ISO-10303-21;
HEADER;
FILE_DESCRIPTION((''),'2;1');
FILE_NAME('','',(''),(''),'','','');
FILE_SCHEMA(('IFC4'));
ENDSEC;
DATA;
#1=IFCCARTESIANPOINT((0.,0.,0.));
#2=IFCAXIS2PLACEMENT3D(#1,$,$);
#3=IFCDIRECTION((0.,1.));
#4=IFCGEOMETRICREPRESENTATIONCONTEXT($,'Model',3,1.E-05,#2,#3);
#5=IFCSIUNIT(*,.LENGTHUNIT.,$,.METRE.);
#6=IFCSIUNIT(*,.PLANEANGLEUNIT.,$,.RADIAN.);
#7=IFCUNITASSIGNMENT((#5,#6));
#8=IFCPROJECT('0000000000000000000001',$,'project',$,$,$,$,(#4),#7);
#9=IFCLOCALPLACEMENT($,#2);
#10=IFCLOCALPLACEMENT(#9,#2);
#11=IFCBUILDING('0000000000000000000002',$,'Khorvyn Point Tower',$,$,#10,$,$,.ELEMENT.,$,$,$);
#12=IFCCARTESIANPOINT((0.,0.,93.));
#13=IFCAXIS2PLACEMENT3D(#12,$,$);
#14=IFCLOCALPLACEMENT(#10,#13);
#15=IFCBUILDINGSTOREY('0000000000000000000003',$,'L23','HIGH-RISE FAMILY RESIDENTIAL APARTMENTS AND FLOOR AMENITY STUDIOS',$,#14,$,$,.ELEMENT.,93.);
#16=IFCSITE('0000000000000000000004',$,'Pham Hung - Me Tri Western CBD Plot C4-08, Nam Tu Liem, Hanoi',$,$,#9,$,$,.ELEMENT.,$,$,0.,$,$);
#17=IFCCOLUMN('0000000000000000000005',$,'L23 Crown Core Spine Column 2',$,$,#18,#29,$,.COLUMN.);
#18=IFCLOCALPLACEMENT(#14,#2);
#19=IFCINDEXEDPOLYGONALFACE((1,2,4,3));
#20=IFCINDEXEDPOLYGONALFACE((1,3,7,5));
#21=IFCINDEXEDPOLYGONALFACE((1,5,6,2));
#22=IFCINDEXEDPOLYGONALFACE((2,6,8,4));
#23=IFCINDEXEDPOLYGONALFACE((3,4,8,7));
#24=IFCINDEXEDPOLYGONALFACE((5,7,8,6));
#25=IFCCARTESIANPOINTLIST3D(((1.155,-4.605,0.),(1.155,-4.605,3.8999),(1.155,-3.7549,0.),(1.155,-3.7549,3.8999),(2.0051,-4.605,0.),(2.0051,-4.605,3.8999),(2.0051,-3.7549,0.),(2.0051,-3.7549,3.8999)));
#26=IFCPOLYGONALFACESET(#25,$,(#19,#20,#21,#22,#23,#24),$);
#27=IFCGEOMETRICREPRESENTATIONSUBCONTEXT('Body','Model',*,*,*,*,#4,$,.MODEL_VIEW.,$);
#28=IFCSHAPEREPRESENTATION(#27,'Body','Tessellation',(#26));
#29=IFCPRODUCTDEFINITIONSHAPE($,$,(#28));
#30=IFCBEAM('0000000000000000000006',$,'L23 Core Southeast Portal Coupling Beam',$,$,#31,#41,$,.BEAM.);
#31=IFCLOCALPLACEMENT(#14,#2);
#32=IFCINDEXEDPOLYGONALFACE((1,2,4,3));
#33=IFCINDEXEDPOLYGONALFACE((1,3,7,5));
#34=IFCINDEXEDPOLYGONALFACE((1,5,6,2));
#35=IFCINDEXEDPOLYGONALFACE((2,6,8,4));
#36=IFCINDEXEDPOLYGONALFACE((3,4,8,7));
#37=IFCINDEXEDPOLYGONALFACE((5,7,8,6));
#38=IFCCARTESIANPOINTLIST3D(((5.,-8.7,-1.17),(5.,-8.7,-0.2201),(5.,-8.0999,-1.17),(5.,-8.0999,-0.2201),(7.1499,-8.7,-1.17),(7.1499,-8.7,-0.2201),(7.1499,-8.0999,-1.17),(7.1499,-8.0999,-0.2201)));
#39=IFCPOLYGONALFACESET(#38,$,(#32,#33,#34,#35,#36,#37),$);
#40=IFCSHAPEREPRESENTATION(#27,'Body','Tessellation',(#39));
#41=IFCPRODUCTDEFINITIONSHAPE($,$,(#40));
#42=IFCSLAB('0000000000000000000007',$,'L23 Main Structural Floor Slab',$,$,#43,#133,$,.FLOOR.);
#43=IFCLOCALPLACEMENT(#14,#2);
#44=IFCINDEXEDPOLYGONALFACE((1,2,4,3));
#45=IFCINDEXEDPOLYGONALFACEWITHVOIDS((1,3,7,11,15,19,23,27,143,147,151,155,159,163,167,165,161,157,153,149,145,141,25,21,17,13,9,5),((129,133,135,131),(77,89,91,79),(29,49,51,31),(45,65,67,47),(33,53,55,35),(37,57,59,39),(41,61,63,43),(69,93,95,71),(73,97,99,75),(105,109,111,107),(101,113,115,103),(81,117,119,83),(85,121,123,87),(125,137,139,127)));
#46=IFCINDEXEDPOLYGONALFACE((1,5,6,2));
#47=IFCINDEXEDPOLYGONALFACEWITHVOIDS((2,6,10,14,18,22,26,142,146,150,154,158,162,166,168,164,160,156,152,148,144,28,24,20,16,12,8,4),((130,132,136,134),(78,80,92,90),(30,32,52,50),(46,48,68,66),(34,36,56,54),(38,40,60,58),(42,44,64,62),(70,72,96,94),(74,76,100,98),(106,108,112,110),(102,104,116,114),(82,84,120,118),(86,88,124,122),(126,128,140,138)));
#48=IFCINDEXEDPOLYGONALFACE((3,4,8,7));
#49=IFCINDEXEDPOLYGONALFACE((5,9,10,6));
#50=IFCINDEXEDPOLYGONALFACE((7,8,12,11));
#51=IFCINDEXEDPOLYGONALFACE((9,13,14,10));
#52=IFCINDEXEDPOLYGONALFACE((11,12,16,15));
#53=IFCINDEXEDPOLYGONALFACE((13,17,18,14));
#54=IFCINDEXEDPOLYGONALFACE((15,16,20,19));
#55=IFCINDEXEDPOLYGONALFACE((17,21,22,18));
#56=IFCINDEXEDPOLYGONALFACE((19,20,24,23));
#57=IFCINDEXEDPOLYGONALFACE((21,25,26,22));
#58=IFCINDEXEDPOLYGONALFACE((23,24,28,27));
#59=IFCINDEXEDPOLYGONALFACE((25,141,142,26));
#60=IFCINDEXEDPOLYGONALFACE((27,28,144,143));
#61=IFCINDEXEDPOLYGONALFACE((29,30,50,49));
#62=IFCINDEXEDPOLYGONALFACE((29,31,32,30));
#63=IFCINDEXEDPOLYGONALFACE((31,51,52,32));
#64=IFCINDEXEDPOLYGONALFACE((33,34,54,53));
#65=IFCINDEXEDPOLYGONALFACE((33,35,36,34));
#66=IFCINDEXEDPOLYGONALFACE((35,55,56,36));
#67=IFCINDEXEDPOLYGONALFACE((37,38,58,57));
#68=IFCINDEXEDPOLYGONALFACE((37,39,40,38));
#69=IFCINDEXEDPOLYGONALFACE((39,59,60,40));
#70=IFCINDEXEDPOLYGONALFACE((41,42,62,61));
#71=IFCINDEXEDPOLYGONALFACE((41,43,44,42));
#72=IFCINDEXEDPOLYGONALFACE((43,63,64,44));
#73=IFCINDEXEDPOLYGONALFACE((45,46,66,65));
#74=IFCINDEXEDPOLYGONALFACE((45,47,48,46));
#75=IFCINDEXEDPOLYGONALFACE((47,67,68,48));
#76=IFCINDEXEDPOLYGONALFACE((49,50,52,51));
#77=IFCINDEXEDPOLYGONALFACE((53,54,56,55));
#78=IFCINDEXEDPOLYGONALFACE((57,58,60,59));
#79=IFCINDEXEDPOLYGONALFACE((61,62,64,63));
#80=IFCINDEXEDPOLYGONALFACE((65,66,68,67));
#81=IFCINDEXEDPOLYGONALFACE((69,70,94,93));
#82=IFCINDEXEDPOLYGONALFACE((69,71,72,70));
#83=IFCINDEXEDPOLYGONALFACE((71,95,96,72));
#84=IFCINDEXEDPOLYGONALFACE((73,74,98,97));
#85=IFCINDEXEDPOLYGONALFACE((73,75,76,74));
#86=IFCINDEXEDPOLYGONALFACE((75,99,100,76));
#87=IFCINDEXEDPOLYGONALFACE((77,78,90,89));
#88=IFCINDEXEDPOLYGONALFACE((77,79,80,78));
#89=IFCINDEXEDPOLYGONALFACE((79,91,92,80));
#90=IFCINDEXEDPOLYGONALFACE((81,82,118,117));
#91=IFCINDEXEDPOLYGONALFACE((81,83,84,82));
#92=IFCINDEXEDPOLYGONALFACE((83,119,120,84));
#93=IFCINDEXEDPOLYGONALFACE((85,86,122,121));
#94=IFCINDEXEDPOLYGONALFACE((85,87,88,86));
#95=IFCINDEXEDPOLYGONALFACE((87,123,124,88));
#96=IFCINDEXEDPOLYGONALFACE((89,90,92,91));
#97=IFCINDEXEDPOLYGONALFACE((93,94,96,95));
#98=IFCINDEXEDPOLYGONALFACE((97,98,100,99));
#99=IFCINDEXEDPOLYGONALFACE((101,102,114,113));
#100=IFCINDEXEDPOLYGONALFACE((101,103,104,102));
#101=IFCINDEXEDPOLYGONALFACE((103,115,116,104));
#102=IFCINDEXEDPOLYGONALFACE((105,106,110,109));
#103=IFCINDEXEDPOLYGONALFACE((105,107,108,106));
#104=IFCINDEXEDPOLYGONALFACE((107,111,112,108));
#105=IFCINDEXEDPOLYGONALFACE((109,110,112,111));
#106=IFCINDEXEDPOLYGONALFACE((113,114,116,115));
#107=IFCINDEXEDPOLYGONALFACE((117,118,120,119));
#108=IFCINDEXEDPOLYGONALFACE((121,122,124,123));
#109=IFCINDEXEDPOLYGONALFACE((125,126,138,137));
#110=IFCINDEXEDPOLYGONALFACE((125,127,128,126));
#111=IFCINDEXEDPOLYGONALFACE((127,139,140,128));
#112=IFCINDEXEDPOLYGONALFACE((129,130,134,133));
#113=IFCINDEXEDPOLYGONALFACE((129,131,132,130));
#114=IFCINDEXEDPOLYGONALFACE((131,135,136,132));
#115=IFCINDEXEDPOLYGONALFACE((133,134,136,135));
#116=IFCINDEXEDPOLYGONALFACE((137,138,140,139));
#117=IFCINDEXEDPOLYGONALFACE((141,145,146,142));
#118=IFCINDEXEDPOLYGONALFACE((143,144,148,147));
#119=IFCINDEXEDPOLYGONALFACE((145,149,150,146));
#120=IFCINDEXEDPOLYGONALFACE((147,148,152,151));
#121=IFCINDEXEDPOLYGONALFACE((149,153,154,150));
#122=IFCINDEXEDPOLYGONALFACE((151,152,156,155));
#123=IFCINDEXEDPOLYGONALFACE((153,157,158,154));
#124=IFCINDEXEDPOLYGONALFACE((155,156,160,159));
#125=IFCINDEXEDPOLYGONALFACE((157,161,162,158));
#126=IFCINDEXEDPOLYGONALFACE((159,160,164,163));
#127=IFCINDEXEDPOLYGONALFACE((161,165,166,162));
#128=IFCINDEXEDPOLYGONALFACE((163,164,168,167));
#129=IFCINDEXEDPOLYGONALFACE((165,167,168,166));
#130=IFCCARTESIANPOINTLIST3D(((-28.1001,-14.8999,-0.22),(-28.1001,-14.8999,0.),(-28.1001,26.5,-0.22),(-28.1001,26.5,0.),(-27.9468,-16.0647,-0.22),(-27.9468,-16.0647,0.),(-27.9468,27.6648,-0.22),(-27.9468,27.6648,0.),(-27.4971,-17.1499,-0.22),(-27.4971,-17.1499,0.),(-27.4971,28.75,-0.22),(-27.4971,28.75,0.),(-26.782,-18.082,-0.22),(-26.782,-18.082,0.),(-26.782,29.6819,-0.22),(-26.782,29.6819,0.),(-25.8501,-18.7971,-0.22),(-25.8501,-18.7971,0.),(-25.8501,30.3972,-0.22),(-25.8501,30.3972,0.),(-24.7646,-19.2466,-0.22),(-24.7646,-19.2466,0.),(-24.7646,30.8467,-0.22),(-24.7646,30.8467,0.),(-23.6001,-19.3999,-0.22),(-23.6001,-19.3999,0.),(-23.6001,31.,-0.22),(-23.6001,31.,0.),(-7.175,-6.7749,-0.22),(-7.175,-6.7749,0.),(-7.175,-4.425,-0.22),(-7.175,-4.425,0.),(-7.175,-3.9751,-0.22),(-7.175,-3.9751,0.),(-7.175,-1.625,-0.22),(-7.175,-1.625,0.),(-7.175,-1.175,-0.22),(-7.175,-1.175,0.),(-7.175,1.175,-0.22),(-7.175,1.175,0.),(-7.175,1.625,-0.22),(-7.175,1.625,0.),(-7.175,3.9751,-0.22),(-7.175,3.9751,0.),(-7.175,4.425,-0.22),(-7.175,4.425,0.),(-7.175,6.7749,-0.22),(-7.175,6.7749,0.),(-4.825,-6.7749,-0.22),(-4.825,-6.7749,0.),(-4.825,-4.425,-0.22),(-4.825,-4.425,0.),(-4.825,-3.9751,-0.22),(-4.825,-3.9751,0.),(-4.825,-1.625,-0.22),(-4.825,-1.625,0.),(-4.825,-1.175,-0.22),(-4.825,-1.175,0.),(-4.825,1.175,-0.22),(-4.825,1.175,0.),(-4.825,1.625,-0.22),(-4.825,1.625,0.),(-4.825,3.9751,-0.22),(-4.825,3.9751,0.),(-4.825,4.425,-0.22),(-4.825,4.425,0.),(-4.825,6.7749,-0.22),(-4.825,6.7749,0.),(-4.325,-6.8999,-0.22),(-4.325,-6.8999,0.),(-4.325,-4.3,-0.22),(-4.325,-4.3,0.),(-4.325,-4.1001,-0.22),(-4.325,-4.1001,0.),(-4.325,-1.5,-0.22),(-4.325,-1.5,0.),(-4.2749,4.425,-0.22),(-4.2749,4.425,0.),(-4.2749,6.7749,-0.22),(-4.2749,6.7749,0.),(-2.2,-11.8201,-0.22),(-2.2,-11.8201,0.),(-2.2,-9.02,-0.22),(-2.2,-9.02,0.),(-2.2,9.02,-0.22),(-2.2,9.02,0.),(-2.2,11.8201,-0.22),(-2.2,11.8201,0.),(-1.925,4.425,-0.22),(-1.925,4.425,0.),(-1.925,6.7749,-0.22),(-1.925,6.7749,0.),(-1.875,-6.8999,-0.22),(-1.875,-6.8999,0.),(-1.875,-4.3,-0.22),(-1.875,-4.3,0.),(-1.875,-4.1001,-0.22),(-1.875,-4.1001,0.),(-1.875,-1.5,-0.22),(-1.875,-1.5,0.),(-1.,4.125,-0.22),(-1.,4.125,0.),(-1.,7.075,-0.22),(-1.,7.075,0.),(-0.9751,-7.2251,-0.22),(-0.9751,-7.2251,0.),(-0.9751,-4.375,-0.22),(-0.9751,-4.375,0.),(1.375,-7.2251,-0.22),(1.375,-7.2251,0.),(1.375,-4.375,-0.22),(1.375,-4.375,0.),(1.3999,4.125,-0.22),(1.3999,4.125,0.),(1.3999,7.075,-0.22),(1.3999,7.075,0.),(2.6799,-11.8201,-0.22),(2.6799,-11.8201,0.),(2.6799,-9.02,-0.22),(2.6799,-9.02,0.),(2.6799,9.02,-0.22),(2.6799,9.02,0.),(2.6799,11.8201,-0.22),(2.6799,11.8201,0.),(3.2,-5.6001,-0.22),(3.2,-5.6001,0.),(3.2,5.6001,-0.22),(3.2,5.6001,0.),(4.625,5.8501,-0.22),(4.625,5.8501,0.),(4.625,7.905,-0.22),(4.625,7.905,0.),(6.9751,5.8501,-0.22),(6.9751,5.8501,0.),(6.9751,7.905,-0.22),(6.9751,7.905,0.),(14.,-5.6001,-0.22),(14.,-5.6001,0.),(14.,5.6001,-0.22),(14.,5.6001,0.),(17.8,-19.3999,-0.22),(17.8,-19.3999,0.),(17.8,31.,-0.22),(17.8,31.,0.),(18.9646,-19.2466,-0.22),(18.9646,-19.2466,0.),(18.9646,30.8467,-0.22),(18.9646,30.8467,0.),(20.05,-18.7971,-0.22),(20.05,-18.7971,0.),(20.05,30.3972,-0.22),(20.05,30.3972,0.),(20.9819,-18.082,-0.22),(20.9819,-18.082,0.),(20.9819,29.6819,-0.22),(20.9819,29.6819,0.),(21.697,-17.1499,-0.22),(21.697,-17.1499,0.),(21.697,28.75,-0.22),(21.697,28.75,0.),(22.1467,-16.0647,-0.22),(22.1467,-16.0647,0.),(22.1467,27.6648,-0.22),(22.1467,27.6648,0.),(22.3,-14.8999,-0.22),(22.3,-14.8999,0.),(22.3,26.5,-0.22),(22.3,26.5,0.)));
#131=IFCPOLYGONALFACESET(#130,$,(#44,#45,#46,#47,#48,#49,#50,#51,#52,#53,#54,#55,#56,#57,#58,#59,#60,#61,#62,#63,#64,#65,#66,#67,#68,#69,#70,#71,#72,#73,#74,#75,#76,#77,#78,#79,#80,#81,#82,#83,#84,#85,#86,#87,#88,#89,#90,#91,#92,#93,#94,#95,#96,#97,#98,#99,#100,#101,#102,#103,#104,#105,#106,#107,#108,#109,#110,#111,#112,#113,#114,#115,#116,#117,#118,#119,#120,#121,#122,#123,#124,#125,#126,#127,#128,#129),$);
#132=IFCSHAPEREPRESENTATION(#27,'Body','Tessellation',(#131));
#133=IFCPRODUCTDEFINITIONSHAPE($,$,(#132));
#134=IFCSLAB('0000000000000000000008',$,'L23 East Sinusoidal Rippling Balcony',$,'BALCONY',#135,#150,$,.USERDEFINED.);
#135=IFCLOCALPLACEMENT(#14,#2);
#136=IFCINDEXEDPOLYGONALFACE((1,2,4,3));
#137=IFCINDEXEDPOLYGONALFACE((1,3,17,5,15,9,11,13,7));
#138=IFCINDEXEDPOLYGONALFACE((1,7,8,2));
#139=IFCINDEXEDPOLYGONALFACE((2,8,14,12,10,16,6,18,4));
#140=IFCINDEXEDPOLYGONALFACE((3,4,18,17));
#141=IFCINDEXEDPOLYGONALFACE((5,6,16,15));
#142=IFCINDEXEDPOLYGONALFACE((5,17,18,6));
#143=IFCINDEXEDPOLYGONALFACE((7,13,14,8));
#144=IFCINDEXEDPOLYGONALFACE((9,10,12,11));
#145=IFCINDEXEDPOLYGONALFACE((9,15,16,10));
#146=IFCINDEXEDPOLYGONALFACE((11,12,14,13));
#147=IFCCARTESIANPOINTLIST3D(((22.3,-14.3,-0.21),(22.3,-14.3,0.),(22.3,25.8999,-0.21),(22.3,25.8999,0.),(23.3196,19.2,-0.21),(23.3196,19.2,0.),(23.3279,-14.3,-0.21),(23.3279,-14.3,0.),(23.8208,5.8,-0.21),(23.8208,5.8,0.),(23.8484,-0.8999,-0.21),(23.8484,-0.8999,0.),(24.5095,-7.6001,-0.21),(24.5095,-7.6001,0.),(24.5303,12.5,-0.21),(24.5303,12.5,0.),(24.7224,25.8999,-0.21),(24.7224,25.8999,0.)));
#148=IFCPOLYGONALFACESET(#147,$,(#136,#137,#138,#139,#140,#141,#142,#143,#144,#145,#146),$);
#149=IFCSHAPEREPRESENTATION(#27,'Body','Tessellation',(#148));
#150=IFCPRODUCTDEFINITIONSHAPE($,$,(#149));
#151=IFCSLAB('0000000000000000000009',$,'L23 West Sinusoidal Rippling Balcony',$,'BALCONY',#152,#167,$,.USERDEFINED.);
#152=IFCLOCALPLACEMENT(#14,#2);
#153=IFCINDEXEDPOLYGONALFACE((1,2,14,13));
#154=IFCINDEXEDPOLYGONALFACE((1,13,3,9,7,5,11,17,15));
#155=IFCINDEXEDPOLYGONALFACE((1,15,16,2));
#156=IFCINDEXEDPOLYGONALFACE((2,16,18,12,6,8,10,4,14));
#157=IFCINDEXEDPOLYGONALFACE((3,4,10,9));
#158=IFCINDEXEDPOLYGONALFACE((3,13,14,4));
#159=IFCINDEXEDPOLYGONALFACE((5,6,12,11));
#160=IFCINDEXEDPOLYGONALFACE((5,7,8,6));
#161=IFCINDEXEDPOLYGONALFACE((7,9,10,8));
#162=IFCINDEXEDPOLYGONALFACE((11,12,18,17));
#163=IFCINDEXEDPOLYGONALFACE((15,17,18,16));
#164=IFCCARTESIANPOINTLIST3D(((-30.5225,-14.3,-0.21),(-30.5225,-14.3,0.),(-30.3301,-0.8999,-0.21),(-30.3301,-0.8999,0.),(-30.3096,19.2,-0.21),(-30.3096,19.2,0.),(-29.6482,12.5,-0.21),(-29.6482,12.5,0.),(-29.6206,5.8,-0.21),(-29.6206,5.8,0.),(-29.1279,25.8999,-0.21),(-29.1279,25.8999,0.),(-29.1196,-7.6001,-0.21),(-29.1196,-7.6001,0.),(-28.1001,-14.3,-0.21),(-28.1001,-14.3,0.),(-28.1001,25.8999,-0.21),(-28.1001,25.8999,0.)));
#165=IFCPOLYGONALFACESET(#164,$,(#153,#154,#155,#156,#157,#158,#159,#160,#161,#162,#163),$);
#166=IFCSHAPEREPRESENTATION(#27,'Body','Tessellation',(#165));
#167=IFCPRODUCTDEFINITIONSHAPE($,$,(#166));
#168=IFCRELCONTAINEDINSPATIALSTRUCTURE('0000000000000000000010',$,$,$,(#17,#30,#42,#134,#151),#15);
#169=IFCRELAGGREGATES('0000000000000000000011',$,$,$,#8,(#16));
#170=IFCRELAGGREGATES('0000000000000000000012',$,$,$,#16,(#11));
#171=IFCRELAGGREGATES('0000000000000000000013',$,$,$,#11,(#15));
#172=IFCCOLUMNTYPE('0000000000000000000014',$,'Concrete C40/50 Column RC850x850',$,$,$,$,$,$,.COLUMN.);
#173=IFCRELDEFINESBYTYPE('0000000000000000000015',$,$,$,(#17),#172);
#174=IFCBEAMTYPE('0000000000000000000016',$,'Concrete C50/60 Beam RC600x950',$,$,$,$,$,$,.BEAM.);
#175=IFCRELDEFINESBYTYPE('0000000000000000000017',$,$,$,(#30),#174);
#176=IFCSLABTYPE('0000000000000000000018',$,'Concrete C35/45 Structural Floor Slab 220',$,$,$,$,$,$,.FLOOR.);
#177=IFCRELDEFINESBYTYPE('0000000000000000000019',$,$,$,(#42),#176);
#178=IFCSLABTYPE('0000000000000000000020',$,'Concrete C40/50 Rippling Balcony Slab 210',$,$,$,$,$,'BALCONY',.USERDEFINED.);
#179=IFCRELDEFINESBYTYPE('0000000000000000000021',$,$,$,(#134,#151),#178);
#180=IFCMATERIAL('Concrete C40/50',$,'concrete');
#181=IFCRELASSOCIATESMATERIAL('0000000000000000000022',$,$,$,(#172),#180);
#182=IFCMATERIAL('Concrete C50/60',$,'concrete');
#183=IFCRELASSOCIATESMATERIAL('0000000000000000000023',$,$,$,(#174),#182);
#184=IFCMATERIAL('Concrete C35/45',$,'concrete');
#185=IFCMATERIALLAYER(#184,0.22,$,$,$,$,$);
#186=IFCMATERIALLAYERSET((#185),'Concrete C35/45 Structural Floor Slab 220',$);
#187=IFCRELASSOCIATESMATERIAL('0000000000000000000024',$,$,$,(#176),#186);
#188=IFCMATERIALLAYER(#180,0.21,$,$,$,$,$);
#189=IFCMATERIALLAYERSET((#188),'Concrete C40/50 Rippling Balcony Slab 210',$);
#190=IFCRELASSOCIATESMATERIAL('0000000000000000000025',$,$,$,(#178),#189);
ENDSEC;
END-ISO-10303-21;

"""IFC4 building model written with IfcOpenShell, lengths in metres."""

from ifc_helpers import new_model, si_unit, direction, frame, origin, origin_2d, place, context, subcontext, project, spatial, polyline, rectangle, outline, extrude, material, layer, layer_set, material_profile, profile_set, type_object, element, save


model = new_model("IFC4")

# Units and contexts
model_context = context("Model", 3, precision=1e-05, world=origin(), true_north=direction((0.0, 1.0)))
body_context = subcontext(model_context, "Body", "Model", "MODEL_VIEW")
ifc_project = project(units=[si_unit("LENGTHUNIT", "METRE"), si_unit("PLANEANGLEUNIT", "RADIAN")], contexts=[model_context])

# Site, building, storey
site_placement = place(None, origin())
site = spatial("IfcSite", under=ifc_project, at=site_placement, Name="Pham Hung - Me Tri Western CBD Plot C4-08, Nam Tu Liem, Hanoi", CompositionType="ELEMENT", RefElevation=0.0)
building_placement = place(site_placement, origin())
building = spatial("IfcBuilding", under=site, at=building_placement, Name="Khorvyn Point Tower", CompositionType="ELEMENT")
storey_placement = place(building_placement, frame((0.0, 0.0, 93.0)))
storey = spatial("IfcBuildingStorey", under=building, at=storey_placement, Name="L23", Description="HIGH-RISE FAMILY RESIDENTIAL APARTMENTS AND FLOOR AMENITY STUDIOS", CompositionType="ELEMENT", Elevation=93.0)

# Column
ifc_material_1 = material(Name="Concrete C40/50", Category="concrete")
ifc_material_profile_1 = material_profile(ifc_material_1, rectangle(XDim=0.8501, YDim=0.8501, at=origin_2d()))
ifc_profile_set_1 = profile_set([ifc_material_profile_1], Name="Concrete C40/50 RC850x850")
column_type = type_object("IfcColumnType", Name="Concrete C40/50 Column RC850x850", PredefinedType="COLUMN", material=ifc_profile_set_1)
column_placement = place(storey_placement, frame((1.5801, -4.1799, 0.0), z_axis=(0.0, 0.0, 1.0), x_axis=(1.0, 0.0, 0.0)))
element("IfcColumn", 1, at=column_placement, inside=storey, type_object=column_type, Name="L23 Crown Core Spine Column 2", PredefinedType="COLUMN", context=body_context, shape_type="SweptSolid", body=[
    extrude(rectangle(XDim=0.8501, YDim=0.8501, at=origin_2d()), origin(), (0.0, 0.0, 1.0), 3.8999),
])

# Beam
ifc_material_2 = material(Name="Concrete C50/60", Category="concrete")
ifc_material_profile_2 = material_profile(ifc_material_2, rectangle(XDim=0.6001, YDim=0.95, at=origin_2d()))
ifc_profile_set_2 = profile_set([ifc_material_profile_2], Name="Concrete C50/60 RC600x950")
beam_type = type_object("IfcBeamType", Name="Concrete C50/60 Beam RC600x950", PredefinedType="BEAM", material=ifc_profile_set_2)
beam_placement = place(storey_placement, frame((5.0, -8.3999, -0.6951), z_axis=(1.0, 0.0, 0.0), x_axis=(0.0, 1.0, 0.0)))
element("IfcBeam", 2, at=beam_placement, inside=storey, type_object=beam_type, Name="L23 Core Southeast Portal Coupling Beam", PredefinedType="BEAM", context=body_context, shape_type="SweptSolid", body=[
    extrude(rectangle(XDim=0.6001, YDim=0.95, at=origin_2d()), origin(), (0.0, 0.0, 1.0), 2.1499),
])

# Slabs
ifc_material_3 = material(Name="Concrete C35/45", Category="concrete")
ifc_layer_1 = layer(ifc_material_3, 0.22)
ifc_layer_set_1 = layer_set([ifc_layer_1], Name="Concrete C35/45 Structural Floor Slab 220")
slab_type_1 = type_object("IfcSlabType", Name="Concrete C35/45 Structural Floor Slab 220", PredefinedType="FLOOR", material=ifc_layer_set_1)
slab_1_placement = place(storey_placement, frame((0.0, 0.0, -0.22)))
element("IfcSlab", 3, at=slab_1_placement, inside=storey, type_object=slab_type_1, Name="L23 Main Structural Floor Slab", PredefinedType="FLOOR", context=body_context, shape_type="SweptSolid", body=[
    extrude(outline(polyline([(-23.6001, -19.3999), (-24.7646, -19.2466), (-25.8501, -18.7971), (-26.782, -18.082), (-27.4971, -17.1499), (-27.9468, -16.0647), (-28.1001, -14.8999), (-28.1001, 26.5), (-27.9468, 27.6648), (-27.4971, 28.75), (-26.782, 29.6819), (-25.8501, 30.3972), (-24.7646, 30.8467), (-23.6001, 31.0), (17.8, 31.0), (18.9646, 30.8467), (20.05, 30.3972), (20.9819, 29.6819), (21.697, 28.75), (22.1467, 27.6648), (22.3, 26.5), (22.3, -14.8999), (22.1467, -16.0647), (21.697, -17.1499), (20.9819, -18.082), (20.05, -18.7971), (18.9646, -19.2466), (17.8, -19.3999), (-23.6001, -19.3999)]), holes=[polyline([(-4.825, -6.7749), (-4.825, -4.425), (-7.175, -4.425), (-7.175, -6.7749), (-4.825, -6.7749)]), polyline([(-4.325, -6.8999), (-1.875, -6.8999), (-1.875, -4.3), (-4.325, -4.3), (-4.325, -6.8999)]), polyline([(-7.175, -3.9751), (-4.825, -3.9751), (-4.825, -1.625), (-7.175, -1.625), (-7.175, -3.9751)]), polyline([(-7.175, -1.175), (-4.825, -1.175), (-4.825, 1.175), (-7.175, 1.175), (-7.175, -1.175)]), polyline([(-7.175, 1.625), (-4.825, 1.625), (-4.825, 3.9751), (-7.175, 3.9751), (-7.175, 1.625)]), polyline([(-7.175, 4.425), (-4.825, 4.425), (-4.825, 6.7749), (-7.175, 6.7749), (-7.175, 4.425)]), polyline([(-4.2749, 4.425), (-1.925, 4.425), (-1.925, 6.7749), (-4.2749, 6.7749), (-4.2749, 4.425)]), polyline([(2.6799, -11.8201), (2.6799, -9.02), (-2.2, -9.02), (-2.2, -11.8201), (2.6799, -11.8201)]), polyline([(-0.9751, -7.2251), (1.375, -7.2251), (1.375, -4.375), (-0.9751, -4.375), (-0.9751, -7.2251)]), polyline([(-4.325, -4.1001), (-1.875, -4.1001), (-1.875, -1.5), (-4.325, -1.5), (-4.325, -4.1001)]), polyline([(3.2, -5.6001), (14.0, -5.6001), (14.0, 5.6001), (3.2, 5.6001), (3.2, -5.6001)]), polyline([(-1.0, 4.125), (1.3999, 4.125), (1.3999, 7.075), (-1.0, 7.075), (-1.0, 4.125)]), polyline([(4.625, 5.8501), (6.9751, 5.8501), (6.9751, 7.905), (4.625, 7.905), (4.625, 5.8501)]), polyline([(-2.2, 9.02), (2.6799, 9.02), (2.6799, 11.8201), (-2.2, 11.8201), (-2.2, 9.02)])]), origin(), (0.0, 0.0, 1.0), 0.22),
])
ifc_layer_2 = layer(ifc_material_1, 0.21)
ifc_layer_set_2 = layer_set([ifc_layer_2], Name="Concrete C40/50 Rippling Balcony Slab 210")
slab_type_2 = type_object("IfcSlabType", Name="Concrete C40/50 Rippling Balcony Slab 210", ElementType="BALCONY", PredefinedType="USERDEFINED", material=ifc_layer_set_2)
slab_2_placement = place(storey_placement, frame((0.0, 0.0, -0.21)))
element("IfcSlab", 4, at=slab_2_placement, inside=storey, type_object=slab_type_2, Name="L23 East Sinusoidal Rippling Balcony", ObjectType="BALCONY", PredefinedType="USERDEFINED", context=body_context, shape_type="SweptSolid", body=[
    extrude(outline(polyline([(22.3, -14.3), (23.3279, -14.3), (24.5095, -7.6001), (23.8484, -0.8999), (23.8208, 5.8), (24.5303, 12.5), (23.3196, 19.2), (24.7224, 25.8999), (22.3, 25.8999), (22.3, -14.3)])), origin(), (0.0, 0.0, 1.0), 0.21),
])
slab_3_placement = place(storey_placement, frame((0.0, 0.0, -0.21)))
element("IfcSlab", 5, at=slab_3_placement, inside=storey, type_object=slab_type_2, Name="L23 West Sinusoidal Rippling Balcony", ObjectType="BALCONY", PredefinedType="USERDEFINED", context=body_context, shape_type="SweptSolid", body=[
    extrude(outline(polyline([(-28.1001, 25.8999), (-29.1279, 25.8999), (-30.3096, 19.2), (-29.6482, 12.5), (-29.6206, 5.8), (-30.3301, -0.8999), (-29.1196, -7.6001), (-30.5225, -14.3), (-28.1001, -14.3), (-28.1001, 25.8999)])), origin(), (0.0, 0.0, 1.0), 0.21),
])

save(model, "model.ifc")
